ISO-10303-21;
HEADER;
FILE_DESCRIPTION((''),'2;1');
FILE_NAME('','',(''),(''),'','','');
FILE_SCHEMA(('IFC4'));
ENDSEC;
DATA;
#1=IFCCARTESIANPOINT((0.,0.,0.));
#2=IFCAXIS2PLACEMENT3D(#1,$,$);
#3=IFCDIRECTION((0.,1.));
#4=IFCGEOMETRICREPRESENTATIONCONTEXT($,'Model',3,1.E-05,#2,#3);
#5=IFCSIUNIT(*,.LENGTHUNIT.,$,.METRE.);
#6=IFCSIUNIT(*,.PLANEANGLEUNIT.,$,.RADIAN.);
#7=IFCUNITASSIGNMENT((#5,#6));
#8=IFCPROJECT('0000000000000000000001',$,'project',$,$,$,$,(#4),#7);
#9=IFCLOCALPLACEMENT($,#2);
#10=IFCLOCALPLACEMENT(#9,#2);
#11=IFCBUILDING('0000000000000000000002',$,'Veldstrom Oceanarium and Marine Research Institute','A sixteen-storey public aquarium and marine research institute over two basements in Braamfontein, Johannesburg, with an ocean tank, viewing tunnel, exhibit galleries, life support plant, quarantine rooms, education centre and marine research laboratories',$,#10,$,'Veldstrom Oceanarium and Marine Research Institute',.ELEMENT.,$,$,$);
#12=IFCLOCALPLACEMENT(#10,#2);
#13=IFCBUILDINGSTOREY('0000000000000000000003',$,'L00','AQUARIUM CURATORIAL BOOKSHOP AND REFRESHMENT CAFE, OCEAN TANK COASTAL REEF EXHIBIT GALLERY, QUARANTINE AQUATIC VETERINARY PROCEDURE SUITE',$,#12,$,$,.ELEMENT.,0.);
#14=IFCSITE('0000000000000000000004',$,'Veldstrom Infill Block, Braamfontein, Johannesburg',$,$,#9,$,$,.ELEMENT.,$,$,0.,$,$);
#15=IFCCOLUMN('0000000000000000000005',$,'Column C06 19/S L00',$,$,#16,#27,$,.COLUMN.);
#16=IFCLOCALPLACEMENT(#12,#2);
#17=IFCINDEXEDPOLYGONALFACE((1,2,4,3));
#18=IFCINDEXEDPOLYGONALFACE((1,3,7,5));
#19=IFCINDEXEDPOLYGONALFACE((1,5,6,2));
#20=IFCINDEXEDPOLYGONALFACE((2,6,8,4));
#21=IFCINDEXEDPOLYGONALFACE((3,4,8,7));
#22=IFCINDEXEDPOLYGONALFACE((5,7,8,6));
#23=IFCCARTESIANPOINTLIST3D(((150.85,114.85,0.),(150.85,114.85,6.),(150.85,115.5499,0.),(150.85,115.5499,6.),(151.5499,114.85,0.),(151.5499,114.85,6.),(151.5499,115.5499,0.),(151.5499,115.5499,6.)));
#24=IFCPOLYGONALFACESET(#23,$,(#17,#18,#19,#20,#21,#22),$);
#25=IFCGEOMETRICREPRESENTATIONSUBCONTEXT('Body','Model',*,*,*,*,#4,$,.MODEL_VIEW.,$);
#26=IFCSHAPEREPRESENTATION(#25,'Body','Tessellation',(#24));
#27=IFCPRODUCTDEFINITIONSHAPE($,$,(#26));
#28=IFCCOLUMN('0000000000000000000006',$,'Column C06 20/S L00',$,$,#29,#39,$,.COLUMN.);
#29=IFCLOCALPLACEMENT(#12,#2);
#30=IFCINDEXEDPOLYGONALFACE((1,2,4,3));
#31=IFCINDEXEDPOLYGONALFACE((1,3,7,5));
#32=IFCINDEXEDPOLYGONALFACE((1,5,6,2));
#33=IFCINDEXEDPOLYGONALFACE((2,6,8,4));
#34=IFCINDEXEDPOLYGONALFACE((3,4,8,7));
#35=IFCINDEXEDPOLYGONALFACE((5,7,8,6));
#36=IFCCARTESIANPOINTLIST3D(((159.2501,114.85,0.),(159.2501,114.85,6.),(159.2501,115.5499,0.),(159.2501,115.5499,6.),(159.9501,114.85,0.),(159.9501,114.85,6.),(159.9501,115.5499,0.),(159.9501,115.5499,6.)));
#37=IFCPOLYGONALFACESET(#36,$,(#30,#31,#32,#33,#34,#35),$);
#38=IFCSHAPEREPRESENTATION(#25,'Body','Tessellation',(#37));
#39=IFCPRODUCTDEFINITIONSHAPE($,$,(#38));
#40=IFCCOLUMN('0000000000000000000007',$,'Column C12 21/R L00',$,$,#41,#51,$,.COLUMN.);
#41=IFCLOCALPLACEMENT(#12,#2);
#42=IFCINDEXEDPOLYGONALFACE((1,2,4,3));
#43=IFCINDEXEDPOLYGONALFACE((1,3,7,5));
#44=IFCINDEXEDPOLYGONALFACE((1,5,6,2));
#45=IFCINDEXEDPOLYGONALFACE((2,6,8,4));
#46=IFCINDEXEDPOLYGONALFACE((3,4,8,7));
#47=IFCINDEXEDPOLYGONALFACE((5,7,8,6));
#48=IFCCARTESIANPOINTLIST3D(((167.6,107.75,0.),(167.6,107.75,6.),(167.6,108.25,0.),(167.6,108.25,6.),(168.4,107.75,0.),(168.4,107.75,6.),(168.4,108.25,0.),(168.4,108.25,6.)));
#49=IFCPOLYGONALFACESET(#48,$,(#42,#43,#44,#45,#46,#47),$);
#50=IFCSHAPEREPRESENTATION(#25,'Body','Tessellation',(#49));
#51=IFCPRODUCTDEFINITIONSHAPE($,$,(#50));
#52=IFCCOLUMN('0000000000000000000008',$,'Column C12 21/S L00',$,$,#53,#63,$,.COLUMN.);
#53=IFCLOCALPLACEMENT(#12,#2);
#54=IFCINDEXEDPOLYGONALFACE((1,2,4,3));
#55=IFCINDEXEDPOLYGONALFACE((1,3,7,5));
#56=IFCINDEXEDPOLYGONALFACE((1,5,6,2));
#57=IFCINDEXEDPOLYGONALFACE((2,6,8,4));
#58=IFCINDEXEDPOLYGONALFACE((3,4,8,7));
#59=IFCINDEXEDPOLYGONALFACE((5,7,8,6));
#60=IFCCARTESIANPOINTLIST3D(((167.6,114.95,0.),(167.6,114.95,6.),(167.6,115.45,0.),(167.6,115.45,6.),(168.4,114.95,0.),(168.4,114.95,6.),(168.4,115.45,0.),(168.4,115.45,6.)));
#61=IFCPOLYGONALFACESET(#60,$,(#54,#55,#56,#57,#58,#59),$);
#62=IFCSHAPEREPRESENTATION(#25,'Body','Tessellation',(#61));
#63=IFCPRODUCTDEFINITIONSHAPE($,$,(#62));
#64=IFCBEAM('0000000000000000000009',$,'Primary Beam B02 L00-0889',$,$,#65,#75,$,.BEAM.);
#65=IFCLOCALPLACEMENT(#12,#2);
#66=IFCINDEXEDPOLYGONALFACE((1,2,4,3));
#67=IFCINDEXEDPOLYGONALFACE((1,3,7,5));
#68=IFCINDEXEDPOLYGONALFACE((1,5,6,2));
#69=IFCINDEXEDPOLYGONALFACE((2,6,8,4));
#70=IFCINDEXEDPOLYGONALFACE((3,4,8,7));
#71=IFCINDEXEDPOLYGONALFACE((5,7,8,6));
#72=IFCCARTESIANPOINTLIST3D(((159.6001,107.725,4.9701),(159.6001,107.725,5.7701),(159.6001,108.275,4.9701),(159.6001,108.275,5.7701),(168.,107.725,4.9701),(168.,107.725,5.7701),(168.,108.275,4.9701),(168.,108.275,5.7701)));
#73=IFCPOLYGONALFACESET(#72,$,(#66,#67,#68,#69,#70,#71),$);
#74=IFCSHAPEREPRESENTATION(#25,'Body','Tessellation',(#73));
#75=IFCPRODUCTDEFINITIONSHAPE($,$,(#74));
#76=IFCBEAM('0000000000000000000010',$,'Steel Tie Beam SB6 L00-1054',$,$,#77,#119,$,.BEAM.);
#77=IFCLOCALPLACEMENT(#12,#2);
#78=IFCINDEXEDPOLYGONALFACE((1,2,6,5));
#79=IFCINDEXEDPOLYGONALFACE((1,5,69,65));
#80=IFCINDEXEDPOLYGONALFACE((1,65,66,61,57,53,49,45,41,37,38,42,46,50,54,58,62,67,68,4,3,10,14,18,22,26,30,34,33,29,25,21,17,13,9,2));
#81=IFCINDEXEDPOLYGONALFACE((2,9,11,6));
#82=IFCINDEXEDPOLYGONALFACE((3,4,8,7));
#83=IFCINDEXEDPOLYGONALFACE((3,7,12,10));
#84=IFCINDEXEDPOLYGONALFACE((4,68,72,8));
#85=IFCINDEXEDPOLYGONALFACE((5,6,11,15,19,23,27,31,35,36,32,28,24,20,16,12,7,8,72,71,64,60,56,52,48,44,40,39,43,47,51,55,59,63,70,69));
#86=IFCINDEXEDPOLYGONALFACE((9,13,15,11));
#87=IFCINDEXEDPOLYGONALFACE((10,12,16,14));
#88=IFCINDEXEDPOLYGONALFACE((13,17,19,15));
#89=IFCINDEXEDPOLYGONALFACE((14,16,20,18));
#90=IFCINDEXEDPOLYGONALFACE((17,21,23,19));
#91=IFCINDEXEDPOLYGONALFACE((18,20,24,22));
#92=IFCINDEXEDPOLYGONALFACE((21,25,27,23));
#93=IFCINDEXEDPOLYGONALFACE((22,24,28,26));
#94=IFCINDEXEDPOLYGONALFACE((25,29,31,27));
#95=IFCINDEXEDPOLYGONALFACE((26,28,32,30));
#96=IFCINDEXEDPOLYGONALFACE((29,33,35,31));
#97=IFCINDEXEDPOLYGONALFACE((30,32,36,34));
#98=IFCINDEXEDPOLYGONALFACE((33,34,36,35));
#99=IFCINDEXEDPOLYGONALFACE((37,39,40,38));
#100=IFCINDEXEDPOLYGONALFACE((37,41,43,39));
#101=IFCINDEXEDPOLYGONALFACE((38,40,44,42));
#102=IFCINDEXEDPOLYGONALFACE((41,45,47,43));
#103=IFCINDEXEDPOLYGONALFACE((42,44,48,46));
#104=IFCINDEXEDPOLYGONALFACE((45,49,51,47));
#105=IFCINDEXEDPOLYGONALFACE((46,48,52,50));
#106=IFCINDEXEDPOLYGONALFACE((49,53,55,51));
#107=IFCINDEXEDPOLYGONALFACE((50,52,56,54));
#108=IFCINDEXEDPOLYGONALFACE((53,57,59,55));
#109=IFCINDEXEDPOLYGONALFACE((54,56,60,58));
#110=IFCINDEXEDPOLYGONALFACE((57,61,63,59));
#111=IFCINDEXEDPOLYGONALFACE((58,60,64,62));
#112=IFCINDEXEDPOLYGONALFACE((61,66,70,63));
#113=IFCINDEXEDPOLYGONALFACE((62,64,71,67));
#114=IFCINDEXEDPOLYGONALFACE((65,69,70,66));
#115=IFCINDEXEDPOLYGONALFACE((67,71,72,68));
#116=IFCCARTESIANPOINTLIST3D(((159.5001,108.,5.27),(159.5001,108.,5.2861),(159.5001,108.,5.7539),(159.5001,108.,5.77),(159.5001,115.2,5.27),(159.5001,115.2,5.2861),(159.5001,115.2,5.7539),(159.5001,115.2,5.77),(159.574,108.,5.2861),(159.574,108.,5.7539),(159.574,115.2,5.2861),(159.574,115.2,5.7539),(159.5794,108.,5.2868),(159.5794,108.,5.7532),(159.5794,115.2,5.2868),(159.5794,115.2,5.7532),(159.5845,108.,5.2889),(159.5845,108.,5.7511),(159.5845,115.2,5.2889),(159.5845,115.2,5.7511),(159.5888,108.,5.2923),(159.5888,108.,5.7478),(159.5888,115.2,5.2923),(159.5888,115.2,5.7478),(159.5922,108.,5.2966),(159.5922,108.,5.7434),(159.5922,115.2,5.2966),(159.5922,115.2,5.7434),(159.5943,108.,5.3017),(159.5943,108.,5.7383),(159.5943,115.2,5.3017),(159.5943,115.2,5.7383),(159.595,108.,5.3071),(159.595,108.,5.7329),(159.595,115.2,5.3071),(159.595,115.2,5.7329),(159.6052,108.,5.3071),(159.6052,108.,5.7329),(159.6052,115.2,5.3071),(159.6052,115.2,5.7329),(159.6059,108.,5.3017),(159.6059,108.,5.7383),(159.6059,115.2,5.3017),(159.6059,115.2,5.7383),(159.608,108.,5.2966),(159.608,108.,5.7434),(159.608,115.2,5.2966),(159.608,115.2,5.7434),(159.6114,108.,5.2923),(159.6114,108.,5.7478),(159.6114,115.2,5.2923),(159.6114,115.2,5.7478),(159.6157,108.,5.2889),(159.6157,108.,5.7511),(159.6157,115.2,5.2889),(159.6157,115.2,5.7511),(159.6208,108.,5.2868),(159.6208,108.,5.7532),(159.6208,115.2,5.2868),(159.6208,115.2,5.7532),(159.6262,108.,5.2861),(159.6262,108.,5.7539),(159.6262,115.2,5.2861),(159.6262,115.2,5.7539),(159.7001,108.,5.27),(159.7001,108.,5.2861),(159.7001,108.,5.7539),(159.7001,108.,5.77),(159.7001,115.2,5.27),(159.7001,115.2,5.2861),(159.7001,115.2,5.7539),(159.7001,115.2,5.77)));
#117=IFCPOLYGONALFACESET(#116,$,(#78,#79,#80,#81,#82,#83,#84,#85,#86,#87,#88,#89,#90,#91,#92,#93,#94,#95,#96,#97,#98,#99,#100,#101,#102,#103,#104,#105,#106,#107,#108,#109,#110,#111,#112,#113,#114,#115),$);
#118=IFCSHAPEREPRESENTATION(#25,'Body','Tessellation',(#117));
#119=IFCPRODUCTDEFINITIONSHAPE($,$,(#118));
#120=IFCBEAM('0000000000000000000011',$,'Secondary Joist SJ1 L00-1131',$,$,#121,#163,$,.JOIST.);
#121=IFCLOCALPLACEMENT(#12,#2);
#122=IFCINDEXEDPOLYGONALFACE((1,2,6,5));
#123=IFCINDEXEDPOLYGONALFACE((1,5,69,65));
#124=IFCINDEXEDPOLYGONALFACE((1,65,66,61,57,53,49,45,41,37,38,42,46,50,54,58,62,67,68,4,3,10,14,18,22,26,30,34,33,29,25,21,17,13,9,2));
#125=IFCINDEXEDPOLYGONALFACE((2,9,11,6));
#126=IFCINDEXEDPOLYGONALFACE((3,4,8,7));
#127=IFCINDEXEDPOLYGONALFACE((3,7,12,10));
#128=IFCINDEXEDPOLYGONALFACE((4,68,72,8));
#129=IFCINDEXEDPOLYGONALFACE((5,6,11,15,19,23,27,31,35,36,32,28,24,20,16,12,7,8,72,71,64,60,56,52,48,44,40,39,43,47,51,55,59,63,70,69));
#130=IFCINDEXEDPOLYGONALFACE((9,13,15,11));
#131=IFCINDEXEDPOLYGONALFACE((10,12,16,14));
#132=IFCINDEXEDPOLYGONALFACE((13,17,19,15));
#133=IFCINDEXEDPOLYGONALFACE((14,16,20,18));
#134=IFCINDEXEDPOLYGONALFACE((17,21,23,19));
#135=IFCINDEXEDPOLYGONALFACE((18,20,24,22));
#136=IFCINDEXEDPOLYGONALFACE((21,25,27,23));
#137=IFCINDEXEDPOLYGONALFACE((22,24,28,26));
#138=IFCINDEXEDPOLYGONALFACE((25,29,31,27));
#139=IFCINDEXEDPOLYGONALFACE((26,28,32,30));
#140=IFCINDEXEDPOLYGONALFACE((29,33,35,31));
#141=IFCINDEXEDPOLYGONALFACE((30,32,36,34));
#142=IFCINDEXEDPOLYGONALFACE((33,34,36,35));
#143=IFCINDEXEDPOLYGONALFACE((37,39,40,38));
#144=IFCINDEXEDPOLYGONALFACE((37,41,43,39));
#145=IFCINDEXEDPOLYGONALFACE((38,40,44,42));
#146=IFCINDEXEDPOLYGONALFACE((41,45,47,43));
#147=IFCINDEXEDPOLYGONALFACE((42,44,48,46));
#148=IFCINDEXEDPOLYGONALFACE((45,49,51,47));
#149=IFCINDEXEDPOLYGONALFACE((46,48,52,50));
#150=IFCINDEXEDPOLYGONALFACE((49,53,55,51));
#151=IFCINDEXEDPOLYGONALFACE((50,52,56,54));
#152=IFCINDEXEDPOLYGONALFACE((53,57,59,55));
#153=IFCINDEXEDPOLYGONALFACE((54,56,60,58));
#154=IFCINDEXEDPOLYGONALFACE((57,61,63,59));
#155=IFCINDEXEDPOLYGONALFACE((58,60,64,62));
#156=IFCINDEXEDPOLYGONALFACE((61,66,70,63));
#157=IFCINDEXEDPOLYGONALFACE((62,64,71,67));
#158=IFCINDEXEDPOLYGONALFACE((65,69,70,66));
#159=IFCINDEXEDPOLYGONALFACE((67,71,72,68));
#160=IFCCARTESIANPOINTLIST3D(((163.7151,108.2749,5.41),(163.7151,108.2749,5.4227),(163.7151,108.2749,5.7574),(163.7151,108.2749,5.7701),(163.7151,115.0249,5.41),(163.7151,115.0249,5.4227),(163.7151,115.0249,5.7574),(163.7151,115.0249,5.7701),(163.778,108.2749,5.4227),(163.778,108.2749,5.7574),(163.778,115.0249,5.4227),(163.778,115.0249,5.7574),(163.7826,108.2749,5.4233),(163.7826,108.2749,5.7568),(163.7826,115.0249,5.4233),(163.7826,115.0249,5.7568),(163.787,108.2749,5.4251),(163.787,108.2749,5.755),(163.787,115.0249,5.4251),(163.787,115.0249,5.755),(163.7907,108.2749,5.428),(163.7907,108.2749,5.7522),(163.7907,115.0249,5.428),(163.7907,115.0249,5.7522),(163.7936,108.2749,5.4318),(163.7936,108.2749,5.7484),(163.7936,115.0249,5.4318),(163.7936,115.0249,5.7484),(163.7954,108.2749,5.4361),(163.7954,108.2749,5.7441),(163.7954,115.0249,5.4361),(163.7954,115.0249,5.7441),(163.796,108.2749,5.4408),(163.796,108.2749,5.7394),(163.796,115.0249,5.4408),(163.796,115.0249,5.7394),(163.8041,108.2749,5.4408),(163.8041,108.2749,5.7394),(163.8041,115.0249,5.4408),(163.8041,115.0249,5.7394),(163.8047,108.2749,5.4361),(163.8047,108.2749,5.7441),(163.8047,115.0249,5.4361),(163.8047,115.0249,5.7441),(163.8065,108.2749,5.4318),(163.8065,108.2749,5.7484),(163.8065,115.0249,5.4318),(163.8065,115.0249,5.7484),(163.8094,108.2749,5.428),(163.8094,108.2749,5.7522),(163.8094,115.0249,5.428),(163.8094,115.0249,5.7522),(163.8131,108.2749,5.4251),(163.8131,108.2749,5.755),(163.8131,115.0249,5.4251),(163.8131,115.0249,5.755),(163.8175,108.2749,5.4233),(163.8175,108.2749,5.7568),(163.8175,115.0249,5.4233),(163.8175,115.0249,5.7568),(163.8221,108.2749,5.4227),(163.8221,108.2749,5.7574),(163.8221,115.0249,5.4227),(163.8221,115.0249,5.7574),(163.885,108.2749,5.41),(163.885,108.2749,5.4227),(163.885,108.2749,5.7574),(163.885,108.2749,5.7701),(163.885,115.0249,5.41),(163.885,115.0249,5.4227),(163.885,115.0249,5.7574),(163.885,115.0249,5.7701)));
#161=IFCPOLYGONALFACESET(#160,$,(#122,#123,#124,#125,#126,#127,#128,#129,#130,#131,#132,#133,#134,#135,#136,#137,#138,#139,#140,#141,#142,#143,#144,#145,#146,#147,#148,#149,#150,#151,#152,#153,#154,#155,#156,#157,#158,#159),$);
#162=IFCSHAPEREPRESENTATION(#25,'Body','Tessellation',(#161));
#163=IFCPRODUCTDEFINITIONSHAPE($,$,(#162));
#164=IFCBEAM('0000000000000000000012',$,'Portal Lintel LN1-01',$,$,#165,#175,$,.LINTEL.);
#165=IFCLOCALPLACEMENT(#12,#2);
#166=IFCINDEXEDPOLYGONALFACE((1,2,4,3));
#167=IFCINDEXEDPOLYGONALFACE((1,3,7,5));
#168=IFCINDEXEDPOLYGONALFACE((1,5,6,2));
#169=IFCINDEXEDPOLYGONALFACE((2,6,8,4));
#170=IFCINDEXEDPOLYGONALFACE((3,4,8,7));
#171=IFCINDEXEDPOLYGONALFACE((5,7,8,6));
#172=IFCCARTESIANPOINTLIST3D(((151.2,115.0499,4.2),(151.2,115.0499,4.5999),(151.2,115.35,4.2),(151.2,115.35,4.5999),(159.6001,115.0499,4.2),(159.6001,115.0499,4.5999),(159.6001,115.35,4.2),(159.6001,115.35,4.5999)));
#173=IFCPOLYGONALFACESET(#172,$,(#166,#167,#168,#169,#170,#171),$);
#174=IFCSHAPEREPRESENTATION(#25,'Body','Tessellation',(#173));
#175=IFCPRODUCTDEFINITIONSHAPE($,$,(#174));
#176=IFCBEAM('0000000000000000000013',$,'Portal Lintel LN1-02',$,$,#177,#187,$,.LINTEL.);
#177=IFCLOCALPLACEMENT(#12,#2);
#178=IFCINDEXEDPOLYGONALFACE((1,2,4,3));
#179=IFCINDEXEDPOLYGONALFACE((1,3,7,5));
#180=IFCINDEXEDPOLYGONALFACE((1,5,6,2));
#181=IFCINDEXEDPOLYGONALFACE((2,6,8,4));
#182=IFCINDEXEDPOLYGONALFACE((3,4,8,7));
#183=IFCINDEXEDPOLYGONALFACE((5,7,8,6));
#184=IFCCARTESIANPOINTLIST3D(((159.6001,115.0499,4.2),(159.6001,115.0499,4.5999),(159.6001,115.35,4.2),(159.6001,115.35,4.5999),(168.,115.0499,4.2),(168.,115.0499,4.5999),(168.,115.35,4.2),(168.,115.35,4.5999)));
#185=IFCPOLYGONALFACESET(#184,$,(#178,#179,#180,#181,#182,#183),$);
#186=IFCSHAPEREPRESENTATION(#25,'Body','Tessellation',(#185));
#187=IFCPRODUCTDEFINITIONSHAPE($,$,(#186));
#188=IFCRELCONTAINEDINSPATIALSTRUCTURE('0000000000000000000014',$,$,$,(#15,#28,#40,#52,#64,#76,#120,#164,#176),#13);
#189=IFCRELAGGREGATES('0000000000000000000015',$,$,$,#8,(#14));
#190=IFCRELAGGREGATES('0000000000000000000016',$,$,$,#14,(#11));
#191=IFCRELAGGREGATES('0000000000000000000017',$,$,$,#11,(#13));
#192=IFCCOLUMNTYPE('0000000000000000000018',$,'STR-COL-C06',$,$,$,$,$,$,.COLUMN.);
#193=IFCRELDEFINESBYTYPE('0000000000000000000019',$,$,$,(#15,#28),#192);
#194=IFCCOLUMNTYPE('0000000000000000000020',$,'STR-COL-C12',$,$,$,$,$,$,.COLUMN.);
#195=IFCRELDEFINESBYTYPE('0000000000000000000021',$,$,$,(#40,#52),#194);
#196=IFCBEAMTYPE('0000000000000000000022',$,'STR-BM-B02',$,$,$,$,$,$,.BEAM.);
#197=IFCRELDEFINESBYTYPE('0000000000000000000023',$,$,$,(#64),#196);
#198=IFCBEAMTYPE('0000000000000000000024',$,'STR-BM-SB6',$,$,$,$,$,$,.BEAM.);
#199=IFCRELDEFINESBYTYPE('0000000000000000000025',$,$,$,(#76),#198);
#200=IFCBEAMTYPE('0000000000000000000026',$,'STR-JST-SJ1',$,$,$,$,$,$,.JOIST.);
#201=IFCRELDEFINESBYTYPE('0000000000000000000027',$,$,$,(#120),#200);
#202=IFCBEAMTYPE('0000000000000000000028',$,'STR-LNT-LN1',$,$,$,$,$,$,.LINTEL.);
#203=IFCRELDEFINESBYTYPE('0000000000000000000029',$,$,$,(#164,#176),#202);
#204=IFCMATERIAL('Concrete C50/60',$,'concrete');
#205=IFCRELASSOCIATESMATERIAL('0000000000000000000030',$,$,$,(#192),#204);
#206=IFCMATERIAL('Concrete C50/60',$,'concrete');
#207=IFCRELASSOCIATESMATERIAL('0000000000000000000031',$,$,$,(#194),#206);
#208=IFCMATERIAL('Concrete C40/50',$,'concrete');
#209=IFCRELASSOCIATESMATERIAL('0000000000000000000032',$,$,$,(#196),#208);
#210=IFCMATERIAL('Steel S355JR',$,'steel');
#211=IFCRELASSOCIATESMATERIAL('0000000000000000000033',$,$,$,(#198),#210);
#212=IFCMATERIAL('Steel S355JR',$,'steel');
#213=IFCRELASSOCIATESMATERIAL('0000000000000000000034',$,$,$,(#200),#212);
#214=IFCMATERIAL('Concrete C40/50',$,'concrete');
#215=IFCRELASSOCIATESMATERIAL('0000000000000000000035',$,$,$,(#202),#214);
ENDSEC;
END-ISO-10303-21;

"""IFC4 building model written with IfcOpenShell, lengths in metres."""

from ifc_helpers import new_model, si_unit, direction, frame, origin, origin_2d, place, context, subcontext, project, spatial, rectangle, i_section, extrude, material, material_profile, profile_set, type_object, element, save


model = new_model("IFC4")

# Units and contexts
model_context = context("Model", 3, precision=1e-05, world=origin(), true_north=direction((0.0, 1.0)))
body_context = subcontext(model_context, "Body", "Model", "MODEL_VIEW")
ifc_project = project(units=[si_unit("LENGTHUNIT", "METRE"), si_unit("PLANEANGLEUNIT", "RADIAN")], contexts=[model_context])

# Site, building, storey
site_placement = place(None, origin())
site = spatial("IfcSite", under=ifc_project, at=site_placement, Name="Veldstrom Infill Block, Braamfontein, Johannesburg", CompositionType="ELEMENT", RefElevation=0.0)
building_placement = place(site_placement, origin())
building = spatial("IfcBuilding", under=site, at=building_placement, Name="Veldstrom Oceanarium and Marine Research Institute", Description="A sixteen-storey public aquarium and marine research institute over two basements in Braamfontein, Johannesburg, with an ocean tank, viewing tunnel, exhibit galleries, life support plant, quarantine rooms, education centre and marine research laboratories", LongName="Veldstrom Oceanarium and Marine Research Institute", CompositionType="ELEMENT")
storey_placement = place(building_placement, origin())
storey = spatial("IfcBuildingStorey", under=building, at=storey_placement, Name="L00", Description="AQUARIUM CURATORIAL BOOKSHOP AND REFRESHMENT CAFE, OCEAN TANK COASTAL REEF EXHIBIT GALLERY, QUARANTINE AQUATIC VETERINARY PROCEDURE SUITE", CompositionType="ELEMENT", Elevation=0.0)

# Columns
ifc_material_1 = material(Name="Concrete C50/60", Category="concrete")
ifc_material_profile_1 = material_profile(ifc_material_1, rectangle(XDim=0.7, YDim=0.7, at=origin_2d()), Name="RC-COL-700x700")
ifc_profile_set_1 = profile_set([ifc_material_profile_1], Name="Concrete C50/60")
column_type_1 = type_object("IfcColumnType", Name="STR-COL-C06", PredefinedType="COLUMN", material=ifc_profile_set_1)
for number, where, z_axis, x_axis, name in (
    (1, (151.2, 115.2, 0.0), (0.0, 0.0, 1.0), (1.0, 0.0, 0.0), "Column C06 19/S L00"),
    (2, (159.6001, 115.2, 0.0), (0.0, 0.0, 1.0), (1.0, 0.0, 0.0), "Column C06 20/S L00"),
):
    element("IfcColumn", number, at=place(storey_placement, frame(where, z_axis=z_axis, x_axis=x_axis)), inside=storey, type_object=column_type_1, Name=name, PredefinedType="COLUMN", context=body_context, shape_type="SweptSolid", body=[
        extrude(rectangle(XDim=0.7, YDim=0.7, at=origin_2d()), origin(), (0.0, 0.0, 1.0), 6.0),
    ])
ifc_material_2 = material(Name="Concrete C50/60", Category="concrete")
ifc_material_profile_2 = material_profile(ifc_material_2, rectangle(XDim=0.5, YDim=0.8, at=origin_2d()), Name="RC-COL-800x500")
ifc_profile_set_2 = profile_set([ifc_material_profile_2], Name="Concrete C50/60")
column_type_2 = type_object("IfcColumnType", Name="STR-COL-C12", PredefinedType="COLUMN", material=ifc_profile_set_2)
for number, where, z_axis, x_axis, name in (
    (3, (168.0, 108.0, 0.0), (0.0, 0.0, 1.0), (0.0, 1.0, 0.0), "Column C12 21/R L00"),
    (4, (168.0, 115.2, 0.0), (0.0, 0.0, 1.0), (0.0, 1.0, 0.0), "Column C12 21/S L00"),
):
    element("IfcColumn", number, at=place(storey_placement, frame(where, z_axis=z_axis, x_axis=x_axis)), inside=storey, type_object=column_type_2, Name=name, PredefinedType="COLUMN", context=body_context, shape_type="SweptSolid", body=[
        extrude(rectangle(XDim=0.5, YDim=0.8, at=origin_2d()), origin(), (0.0, 0.0, 1.0), 6.0),
    ])

# Beams
ifc_material_3 = material(Name="Concrete C40/50", Category="concrete")
ifc_material_profile_3 = material_profile(ifc_material_3, rectangle(XDim=0.55, YDim=0.8, at=origin_2d()), Name="RC-BM-550x800")
ifc_profile_set_3 = profile_set([ifc_material_profile_3], Name="Concrete C40/50")
beam_type_1 = type_object("IfcBeamType", Name="STR-BM-B02", PredefinedType="BEAM", material=ifc_profile_set_3)
beam_1_placement = place(storey_placement, frame((159.6001, 108.0, 5.3701), z_axis=(1.0, 0.0, 0.0), x_axis=(0.0, 1.0, 0.0)))
element("IfcBeam", 5, at=beam_1_placement, inside=storey, type_object=beam_type_1, Name="Primary Beam B02 L00-0889", PredefinedType="BEAM", context=body_context, shape_type="SweptSolid", body=[
    extrude(rectangle(XDim=0.55, YDim=0.8, at=origin_2d()), origin(), (0.0, 0.0, 1.0), 8.3999),
])
ifc_material_4 = material(Name="Steel S355JR", Category="steel")
ifc_material_profile_4 = material_profile(ifc_material_4, i_section(OverallWidth=0.2, OverallDepth=0.5, WebThickness=0.0103, FlangeThickness=0.0161, FilletRadius=0.021, at=origin_2d()), Name="IPE 500")
ifc_profile_set_4 = profile_set([ifc_material_profile_4], Name="Steel S355JR")
beam_type_2 = type_object("IfcBeamType", Name="STR-BM-SB6", PredefinedType="BEAM", material=ifc_profile_set_4)
beam_2_placement = place(storey_placement, frame((159.6001, 108.0, 5.52), z_axis=(0.0, 1.0, 0.0), x_axis=(-1.0, 0.0, 0.0)))
element("IfcBeam", 6, at=beam_2_placement, inside=storey, type_object=beam_type_2, Name="Steel Tie Beam SB6 L00-1054", PredefinedType="BEAM", context=body_context, shape_type="SweptSolid", body=[
    extrude(i_section(OverallWidth=0.2, OverallDepth=0.5, WebThickness=0.0103, FlangeThickness=0.0161, FilletRadius=0.021, at=origin_2d()), origin(), (0.0, 0.0, 1.0), 7.2),
])
ifc_material_5 = material(Name="Steel S355JR", Category="steel")
ifc_material_profile_5 = material_profile(ifc_material_5, i_section(OverallWidth=0.1699, OverallDepth=0.3601, WebThickness=0.0081, FlangeThickness=0.0127, FilletRadius=0.0181, at=origin_2d()), Name="IPE 360")
ifc_profile_set_5 = profile_set([ifc_material_profile_5], Name="Steel S355JR")
beam_type_3 = type_object("IfcBeamType", Name="STR-JST-SJ1", PredefinedType="JOIST", material=ifc_profile_set_5)
beam_3_placement = place(storey_placement, frame((163.8, 108.2749, 5.5901), z_axis=(0.0, 1.0, 0.0), x_axis=(-1.0, 0.0, 0.0)))
element("IfcBeam", 7, at=beam_3_placement, inside=storey, type_object=beam_type_3, Name="Secondary Joist SJ1 L00-1131", PredefinedType="JOIST", context=body_context, shape_type="SweptSolid", body=[
    extrude(i_section(OverallWidth=0.1699, OverallDepth=0.3601, WebThickness=0.0081, FlangeThickness=0.0127, FilletRadius=0.0181, at=origin_2d()), origin(), (0.0, 0.0, 1.0), 6.75),
])
ifc_material_6 = material(Name="Concrete C40/50", Category="concrete")
ifc_material_profile_6 = material_profile(ifc_material_6, rectangle(XDim=0.3, YDim=0.3999, at=origin_2d()), Name="RC-LNT-300x400")
ifc_profile_set_6 = profile_set([ifc_material_profile_6], Name="Concrete C40/50")
beam_type_4 = type_object("IfcBeamType", Name="STR-LNT-LN1", PredefinedType="LINTEL", material=ifc_profile_set_6)
beam_4_placement = place(storey_placement, frame((151.2, 115.2, 4.3999), z_axis=(1.0, 0.0, 0.0), x_axis=(0.0, 1.0, 0.0)))
element("IfcBeam", 8, at=beam_4_placement, inside=storey, type_object=beam_type_4, Name="Portal Lintel LN1-01", PredefinedType="LINTEL", context=body_context, shape_type="SweptSolid", body=[
    extrude(rectangle(XDim=0.3, YDim=0.3999, at=origin_2d()), origin(), (0.0, 0.0, 1.0), 8.4001),
])
beam_5_placement = place(storey_placement, frame((159.6001, 115.2, 4.3999), z_axis=(1.0, 0.0, 0.0), x_axis=(0.0, 1.0, 0.0)))
element("IfcBeam", 9, at=beam_5_placement, inside=storey, type_object=beam_type_4, Name="Portal Lintel LN1-02", PredefinedType="LINTEL", context=body_context, shape_type="SweptSolid", body=[
    extrude(rectangle(XDim=0.3, YDim=0.3999, at=origin_2d()), origin(), (0.0, 0.0, 1.0), 8.3999),
])

save(model, "model.ifc")
